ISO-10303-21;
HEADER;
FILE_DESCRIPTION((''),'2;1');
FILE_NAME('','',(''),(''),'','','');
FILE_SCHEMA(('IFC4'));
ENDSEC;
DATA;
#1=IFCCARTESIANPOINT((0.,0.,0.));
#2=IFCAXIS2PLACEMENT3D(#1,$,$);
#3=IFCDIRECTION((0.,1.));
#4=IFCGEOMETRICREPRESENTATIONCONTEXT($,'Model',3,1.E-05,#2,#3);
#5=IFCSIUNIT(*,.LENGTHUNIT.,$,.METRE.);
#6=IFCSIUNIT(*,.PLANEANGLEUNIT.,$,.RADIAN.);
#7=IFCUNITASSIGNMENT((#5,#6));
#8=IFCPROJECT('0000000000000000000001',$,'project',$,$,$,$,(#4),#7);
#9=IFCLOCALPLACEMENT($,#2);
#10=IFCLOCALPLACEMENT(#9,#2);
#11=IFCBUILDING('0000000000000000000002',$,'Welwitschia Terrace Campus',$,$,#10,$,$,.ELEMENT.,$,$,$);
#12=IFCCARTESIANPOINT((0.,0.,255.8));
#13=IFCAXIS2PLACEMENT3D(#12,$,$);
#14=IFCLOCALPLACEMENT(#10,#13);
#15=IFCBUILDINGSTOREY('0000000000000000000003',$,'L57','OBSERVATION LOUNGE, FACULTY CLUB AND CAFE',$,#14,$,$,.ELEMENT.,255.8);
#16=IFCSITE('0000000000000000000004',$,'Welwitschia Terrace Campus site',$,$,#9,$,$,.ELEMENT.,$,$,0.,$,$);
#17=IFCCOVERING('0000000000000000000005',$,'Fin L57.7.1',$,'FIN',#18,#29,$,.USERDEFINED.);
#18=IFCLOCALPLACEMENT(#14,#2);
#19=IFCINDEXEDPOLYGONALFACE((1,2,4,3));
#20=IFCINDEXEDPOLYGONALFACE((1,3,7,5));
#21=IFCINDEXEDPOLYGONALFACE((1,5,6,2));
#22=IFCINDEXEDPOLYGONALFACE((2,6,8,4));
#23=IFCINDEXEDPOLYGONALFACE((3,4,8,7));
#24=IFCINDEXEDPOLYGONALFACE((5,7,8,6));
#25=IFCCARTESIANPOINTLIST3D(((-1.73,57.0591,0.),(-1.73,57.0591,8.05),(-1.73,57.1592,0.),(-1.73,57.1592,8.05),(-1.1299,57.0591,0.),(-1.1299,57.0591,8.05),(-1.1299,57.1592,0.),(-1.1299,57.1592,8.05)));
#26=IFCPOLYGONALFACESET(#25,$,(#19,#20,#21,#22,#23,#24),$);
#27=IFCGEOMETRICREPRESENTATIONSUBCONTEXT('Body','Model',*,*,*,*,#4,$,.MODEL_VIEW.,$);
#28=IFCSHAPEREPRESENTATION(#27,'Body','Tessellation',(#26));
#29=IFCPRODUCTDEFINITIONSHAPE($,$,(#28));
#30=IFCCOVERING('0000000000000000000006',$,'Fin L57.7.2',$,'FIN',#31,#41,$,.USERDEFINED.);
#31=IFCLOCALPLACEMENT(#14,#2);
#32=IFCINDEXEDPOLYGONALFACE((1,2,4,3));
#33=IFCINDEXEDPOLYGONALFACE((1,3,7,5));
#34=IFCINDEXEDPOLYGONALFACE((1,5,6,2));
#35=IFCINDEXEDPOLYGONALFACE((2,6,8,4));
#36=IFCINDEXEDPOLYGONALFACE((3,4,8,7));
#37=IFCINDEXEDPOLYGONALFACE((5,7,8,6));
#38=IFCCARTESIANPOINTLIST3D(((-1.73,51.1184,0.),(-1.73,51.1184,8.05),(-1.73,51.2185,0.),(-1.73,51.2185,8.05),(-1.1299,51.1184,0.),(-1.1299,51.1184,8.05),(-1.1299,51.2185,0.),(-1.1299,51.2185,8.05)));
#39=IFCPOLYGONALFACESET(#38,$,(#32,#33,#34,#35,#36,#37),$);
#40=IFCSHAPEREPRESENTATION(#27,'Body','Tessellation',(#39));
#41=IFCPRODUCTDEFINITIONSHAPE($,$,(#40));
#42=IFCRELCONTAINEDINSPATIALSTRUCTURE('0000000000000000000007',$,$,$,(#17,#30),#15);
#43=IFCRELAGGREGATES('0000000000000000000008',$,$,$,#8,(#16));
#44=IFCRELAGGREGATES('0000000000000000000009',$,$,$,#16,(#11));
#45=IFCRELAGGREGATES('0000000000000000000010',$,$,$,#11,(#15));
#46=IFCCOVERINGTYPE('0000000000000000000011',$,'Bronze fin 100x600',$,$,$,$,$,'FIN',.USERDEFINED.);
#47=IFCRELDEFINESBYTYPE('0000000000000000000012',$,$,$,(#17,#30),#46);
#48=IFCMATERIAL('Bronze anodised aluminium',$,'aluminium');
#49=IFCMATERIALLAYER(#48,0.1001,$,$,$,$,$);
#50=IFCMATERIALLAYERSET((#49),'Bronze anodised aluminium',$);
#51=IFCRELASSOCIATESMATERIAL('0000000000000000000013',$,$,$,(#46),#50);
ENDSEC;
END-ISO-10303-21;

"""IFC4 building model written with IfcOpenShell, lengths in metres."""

from ifc_helpers import new_model, si_unit, direction, frame, origin, origin_2d, place, context, subcontext, project, spatial, rectangle, extrude, material, layer, layer_set, type_object, element, save


model = new_model("IFC4")

# Units and contexts
model_context = context("Model", 3, precision=1e-05, world=origin(), true_north=direction((0.0, 1.0)))
body_context = subcontext(model_context, "Body", "Model", "MODEL_VIEW")
ifc_project = project(units=[si_unit("LENGTHUNIT", "METRE"), si_unit("PLANEANGLEUNIT", "RADIAN")], contexts=[model_context])

# Site, building, storey
site_placement = place(None, origin())
site = spatial("IfcSite", under=ifc_project, at=site_placement, Name="Welwitschia Terrace Campus site", CompositionType="ELEMENT", RefElevation=0.0)
building_placement = place(site_placement, origin())
building = spatial("IfcBuilding", under=site, at=building_placement, Name="Welwitschia Terrace Campus", CompositionType="ELEMENT")
storey_placement = place(building_placement, frame((0.0, 0.0, 255.8)))
storey = spatial("IfcBuildingStorey", under=building, at=storey_placement, Name="L57", Description="OBSERVATION LOUNGE, FACULTY CLUB AND CAFE", CompositionType="ELEMENT", Elevation=255.8)

# Coverings
ifc_material_1 = material(Name="Bronze anodised aluminium", Category="aluminium")
ifc_layer_1 = layer(ifc_material_1, 0.1001)
ifc_layer_set_1 = layer_set([ifc_layer_1], Name="Bronze anodised aluminium")
covering_type = type_object("IfcCoveringType", Name="Bronze fin 100x600", ElementType="FIN", PredefinedType="USERDEFINED", material=ifc_layer_set_1)
for number, where, z_axis, x_axis, name in (
    (1, (-1.4299, 57.1091, 0.0), (0.0, 0.0, 1.0), (0.0, -1.0, 0.0), "Fin L57.7.1"),
    (2, (-1.4299, 51.1685, 0.0), (0.0, 0.0, 1.0), (0.0, -1.0, 0.0), "Fin L57.7.2"),
):
    element("IfcCovering", number, at=place(storey_placement, frame(where, z_axis=z_axis, x_axis=x_axis)), inside=storey, type_object=covering_type, Name=name, ObjectType="FIN", PredefinedType="USERDEFINED", context=body_context, shape_type="SweptSolid", body=[
        extrude(rectangle(XDim=0.1001, YDim=0.6001, at=origin_2d()), origin(), (0.0, 0.0, 1.0), 8.05),
    ])

save(model, "model.ifc")
